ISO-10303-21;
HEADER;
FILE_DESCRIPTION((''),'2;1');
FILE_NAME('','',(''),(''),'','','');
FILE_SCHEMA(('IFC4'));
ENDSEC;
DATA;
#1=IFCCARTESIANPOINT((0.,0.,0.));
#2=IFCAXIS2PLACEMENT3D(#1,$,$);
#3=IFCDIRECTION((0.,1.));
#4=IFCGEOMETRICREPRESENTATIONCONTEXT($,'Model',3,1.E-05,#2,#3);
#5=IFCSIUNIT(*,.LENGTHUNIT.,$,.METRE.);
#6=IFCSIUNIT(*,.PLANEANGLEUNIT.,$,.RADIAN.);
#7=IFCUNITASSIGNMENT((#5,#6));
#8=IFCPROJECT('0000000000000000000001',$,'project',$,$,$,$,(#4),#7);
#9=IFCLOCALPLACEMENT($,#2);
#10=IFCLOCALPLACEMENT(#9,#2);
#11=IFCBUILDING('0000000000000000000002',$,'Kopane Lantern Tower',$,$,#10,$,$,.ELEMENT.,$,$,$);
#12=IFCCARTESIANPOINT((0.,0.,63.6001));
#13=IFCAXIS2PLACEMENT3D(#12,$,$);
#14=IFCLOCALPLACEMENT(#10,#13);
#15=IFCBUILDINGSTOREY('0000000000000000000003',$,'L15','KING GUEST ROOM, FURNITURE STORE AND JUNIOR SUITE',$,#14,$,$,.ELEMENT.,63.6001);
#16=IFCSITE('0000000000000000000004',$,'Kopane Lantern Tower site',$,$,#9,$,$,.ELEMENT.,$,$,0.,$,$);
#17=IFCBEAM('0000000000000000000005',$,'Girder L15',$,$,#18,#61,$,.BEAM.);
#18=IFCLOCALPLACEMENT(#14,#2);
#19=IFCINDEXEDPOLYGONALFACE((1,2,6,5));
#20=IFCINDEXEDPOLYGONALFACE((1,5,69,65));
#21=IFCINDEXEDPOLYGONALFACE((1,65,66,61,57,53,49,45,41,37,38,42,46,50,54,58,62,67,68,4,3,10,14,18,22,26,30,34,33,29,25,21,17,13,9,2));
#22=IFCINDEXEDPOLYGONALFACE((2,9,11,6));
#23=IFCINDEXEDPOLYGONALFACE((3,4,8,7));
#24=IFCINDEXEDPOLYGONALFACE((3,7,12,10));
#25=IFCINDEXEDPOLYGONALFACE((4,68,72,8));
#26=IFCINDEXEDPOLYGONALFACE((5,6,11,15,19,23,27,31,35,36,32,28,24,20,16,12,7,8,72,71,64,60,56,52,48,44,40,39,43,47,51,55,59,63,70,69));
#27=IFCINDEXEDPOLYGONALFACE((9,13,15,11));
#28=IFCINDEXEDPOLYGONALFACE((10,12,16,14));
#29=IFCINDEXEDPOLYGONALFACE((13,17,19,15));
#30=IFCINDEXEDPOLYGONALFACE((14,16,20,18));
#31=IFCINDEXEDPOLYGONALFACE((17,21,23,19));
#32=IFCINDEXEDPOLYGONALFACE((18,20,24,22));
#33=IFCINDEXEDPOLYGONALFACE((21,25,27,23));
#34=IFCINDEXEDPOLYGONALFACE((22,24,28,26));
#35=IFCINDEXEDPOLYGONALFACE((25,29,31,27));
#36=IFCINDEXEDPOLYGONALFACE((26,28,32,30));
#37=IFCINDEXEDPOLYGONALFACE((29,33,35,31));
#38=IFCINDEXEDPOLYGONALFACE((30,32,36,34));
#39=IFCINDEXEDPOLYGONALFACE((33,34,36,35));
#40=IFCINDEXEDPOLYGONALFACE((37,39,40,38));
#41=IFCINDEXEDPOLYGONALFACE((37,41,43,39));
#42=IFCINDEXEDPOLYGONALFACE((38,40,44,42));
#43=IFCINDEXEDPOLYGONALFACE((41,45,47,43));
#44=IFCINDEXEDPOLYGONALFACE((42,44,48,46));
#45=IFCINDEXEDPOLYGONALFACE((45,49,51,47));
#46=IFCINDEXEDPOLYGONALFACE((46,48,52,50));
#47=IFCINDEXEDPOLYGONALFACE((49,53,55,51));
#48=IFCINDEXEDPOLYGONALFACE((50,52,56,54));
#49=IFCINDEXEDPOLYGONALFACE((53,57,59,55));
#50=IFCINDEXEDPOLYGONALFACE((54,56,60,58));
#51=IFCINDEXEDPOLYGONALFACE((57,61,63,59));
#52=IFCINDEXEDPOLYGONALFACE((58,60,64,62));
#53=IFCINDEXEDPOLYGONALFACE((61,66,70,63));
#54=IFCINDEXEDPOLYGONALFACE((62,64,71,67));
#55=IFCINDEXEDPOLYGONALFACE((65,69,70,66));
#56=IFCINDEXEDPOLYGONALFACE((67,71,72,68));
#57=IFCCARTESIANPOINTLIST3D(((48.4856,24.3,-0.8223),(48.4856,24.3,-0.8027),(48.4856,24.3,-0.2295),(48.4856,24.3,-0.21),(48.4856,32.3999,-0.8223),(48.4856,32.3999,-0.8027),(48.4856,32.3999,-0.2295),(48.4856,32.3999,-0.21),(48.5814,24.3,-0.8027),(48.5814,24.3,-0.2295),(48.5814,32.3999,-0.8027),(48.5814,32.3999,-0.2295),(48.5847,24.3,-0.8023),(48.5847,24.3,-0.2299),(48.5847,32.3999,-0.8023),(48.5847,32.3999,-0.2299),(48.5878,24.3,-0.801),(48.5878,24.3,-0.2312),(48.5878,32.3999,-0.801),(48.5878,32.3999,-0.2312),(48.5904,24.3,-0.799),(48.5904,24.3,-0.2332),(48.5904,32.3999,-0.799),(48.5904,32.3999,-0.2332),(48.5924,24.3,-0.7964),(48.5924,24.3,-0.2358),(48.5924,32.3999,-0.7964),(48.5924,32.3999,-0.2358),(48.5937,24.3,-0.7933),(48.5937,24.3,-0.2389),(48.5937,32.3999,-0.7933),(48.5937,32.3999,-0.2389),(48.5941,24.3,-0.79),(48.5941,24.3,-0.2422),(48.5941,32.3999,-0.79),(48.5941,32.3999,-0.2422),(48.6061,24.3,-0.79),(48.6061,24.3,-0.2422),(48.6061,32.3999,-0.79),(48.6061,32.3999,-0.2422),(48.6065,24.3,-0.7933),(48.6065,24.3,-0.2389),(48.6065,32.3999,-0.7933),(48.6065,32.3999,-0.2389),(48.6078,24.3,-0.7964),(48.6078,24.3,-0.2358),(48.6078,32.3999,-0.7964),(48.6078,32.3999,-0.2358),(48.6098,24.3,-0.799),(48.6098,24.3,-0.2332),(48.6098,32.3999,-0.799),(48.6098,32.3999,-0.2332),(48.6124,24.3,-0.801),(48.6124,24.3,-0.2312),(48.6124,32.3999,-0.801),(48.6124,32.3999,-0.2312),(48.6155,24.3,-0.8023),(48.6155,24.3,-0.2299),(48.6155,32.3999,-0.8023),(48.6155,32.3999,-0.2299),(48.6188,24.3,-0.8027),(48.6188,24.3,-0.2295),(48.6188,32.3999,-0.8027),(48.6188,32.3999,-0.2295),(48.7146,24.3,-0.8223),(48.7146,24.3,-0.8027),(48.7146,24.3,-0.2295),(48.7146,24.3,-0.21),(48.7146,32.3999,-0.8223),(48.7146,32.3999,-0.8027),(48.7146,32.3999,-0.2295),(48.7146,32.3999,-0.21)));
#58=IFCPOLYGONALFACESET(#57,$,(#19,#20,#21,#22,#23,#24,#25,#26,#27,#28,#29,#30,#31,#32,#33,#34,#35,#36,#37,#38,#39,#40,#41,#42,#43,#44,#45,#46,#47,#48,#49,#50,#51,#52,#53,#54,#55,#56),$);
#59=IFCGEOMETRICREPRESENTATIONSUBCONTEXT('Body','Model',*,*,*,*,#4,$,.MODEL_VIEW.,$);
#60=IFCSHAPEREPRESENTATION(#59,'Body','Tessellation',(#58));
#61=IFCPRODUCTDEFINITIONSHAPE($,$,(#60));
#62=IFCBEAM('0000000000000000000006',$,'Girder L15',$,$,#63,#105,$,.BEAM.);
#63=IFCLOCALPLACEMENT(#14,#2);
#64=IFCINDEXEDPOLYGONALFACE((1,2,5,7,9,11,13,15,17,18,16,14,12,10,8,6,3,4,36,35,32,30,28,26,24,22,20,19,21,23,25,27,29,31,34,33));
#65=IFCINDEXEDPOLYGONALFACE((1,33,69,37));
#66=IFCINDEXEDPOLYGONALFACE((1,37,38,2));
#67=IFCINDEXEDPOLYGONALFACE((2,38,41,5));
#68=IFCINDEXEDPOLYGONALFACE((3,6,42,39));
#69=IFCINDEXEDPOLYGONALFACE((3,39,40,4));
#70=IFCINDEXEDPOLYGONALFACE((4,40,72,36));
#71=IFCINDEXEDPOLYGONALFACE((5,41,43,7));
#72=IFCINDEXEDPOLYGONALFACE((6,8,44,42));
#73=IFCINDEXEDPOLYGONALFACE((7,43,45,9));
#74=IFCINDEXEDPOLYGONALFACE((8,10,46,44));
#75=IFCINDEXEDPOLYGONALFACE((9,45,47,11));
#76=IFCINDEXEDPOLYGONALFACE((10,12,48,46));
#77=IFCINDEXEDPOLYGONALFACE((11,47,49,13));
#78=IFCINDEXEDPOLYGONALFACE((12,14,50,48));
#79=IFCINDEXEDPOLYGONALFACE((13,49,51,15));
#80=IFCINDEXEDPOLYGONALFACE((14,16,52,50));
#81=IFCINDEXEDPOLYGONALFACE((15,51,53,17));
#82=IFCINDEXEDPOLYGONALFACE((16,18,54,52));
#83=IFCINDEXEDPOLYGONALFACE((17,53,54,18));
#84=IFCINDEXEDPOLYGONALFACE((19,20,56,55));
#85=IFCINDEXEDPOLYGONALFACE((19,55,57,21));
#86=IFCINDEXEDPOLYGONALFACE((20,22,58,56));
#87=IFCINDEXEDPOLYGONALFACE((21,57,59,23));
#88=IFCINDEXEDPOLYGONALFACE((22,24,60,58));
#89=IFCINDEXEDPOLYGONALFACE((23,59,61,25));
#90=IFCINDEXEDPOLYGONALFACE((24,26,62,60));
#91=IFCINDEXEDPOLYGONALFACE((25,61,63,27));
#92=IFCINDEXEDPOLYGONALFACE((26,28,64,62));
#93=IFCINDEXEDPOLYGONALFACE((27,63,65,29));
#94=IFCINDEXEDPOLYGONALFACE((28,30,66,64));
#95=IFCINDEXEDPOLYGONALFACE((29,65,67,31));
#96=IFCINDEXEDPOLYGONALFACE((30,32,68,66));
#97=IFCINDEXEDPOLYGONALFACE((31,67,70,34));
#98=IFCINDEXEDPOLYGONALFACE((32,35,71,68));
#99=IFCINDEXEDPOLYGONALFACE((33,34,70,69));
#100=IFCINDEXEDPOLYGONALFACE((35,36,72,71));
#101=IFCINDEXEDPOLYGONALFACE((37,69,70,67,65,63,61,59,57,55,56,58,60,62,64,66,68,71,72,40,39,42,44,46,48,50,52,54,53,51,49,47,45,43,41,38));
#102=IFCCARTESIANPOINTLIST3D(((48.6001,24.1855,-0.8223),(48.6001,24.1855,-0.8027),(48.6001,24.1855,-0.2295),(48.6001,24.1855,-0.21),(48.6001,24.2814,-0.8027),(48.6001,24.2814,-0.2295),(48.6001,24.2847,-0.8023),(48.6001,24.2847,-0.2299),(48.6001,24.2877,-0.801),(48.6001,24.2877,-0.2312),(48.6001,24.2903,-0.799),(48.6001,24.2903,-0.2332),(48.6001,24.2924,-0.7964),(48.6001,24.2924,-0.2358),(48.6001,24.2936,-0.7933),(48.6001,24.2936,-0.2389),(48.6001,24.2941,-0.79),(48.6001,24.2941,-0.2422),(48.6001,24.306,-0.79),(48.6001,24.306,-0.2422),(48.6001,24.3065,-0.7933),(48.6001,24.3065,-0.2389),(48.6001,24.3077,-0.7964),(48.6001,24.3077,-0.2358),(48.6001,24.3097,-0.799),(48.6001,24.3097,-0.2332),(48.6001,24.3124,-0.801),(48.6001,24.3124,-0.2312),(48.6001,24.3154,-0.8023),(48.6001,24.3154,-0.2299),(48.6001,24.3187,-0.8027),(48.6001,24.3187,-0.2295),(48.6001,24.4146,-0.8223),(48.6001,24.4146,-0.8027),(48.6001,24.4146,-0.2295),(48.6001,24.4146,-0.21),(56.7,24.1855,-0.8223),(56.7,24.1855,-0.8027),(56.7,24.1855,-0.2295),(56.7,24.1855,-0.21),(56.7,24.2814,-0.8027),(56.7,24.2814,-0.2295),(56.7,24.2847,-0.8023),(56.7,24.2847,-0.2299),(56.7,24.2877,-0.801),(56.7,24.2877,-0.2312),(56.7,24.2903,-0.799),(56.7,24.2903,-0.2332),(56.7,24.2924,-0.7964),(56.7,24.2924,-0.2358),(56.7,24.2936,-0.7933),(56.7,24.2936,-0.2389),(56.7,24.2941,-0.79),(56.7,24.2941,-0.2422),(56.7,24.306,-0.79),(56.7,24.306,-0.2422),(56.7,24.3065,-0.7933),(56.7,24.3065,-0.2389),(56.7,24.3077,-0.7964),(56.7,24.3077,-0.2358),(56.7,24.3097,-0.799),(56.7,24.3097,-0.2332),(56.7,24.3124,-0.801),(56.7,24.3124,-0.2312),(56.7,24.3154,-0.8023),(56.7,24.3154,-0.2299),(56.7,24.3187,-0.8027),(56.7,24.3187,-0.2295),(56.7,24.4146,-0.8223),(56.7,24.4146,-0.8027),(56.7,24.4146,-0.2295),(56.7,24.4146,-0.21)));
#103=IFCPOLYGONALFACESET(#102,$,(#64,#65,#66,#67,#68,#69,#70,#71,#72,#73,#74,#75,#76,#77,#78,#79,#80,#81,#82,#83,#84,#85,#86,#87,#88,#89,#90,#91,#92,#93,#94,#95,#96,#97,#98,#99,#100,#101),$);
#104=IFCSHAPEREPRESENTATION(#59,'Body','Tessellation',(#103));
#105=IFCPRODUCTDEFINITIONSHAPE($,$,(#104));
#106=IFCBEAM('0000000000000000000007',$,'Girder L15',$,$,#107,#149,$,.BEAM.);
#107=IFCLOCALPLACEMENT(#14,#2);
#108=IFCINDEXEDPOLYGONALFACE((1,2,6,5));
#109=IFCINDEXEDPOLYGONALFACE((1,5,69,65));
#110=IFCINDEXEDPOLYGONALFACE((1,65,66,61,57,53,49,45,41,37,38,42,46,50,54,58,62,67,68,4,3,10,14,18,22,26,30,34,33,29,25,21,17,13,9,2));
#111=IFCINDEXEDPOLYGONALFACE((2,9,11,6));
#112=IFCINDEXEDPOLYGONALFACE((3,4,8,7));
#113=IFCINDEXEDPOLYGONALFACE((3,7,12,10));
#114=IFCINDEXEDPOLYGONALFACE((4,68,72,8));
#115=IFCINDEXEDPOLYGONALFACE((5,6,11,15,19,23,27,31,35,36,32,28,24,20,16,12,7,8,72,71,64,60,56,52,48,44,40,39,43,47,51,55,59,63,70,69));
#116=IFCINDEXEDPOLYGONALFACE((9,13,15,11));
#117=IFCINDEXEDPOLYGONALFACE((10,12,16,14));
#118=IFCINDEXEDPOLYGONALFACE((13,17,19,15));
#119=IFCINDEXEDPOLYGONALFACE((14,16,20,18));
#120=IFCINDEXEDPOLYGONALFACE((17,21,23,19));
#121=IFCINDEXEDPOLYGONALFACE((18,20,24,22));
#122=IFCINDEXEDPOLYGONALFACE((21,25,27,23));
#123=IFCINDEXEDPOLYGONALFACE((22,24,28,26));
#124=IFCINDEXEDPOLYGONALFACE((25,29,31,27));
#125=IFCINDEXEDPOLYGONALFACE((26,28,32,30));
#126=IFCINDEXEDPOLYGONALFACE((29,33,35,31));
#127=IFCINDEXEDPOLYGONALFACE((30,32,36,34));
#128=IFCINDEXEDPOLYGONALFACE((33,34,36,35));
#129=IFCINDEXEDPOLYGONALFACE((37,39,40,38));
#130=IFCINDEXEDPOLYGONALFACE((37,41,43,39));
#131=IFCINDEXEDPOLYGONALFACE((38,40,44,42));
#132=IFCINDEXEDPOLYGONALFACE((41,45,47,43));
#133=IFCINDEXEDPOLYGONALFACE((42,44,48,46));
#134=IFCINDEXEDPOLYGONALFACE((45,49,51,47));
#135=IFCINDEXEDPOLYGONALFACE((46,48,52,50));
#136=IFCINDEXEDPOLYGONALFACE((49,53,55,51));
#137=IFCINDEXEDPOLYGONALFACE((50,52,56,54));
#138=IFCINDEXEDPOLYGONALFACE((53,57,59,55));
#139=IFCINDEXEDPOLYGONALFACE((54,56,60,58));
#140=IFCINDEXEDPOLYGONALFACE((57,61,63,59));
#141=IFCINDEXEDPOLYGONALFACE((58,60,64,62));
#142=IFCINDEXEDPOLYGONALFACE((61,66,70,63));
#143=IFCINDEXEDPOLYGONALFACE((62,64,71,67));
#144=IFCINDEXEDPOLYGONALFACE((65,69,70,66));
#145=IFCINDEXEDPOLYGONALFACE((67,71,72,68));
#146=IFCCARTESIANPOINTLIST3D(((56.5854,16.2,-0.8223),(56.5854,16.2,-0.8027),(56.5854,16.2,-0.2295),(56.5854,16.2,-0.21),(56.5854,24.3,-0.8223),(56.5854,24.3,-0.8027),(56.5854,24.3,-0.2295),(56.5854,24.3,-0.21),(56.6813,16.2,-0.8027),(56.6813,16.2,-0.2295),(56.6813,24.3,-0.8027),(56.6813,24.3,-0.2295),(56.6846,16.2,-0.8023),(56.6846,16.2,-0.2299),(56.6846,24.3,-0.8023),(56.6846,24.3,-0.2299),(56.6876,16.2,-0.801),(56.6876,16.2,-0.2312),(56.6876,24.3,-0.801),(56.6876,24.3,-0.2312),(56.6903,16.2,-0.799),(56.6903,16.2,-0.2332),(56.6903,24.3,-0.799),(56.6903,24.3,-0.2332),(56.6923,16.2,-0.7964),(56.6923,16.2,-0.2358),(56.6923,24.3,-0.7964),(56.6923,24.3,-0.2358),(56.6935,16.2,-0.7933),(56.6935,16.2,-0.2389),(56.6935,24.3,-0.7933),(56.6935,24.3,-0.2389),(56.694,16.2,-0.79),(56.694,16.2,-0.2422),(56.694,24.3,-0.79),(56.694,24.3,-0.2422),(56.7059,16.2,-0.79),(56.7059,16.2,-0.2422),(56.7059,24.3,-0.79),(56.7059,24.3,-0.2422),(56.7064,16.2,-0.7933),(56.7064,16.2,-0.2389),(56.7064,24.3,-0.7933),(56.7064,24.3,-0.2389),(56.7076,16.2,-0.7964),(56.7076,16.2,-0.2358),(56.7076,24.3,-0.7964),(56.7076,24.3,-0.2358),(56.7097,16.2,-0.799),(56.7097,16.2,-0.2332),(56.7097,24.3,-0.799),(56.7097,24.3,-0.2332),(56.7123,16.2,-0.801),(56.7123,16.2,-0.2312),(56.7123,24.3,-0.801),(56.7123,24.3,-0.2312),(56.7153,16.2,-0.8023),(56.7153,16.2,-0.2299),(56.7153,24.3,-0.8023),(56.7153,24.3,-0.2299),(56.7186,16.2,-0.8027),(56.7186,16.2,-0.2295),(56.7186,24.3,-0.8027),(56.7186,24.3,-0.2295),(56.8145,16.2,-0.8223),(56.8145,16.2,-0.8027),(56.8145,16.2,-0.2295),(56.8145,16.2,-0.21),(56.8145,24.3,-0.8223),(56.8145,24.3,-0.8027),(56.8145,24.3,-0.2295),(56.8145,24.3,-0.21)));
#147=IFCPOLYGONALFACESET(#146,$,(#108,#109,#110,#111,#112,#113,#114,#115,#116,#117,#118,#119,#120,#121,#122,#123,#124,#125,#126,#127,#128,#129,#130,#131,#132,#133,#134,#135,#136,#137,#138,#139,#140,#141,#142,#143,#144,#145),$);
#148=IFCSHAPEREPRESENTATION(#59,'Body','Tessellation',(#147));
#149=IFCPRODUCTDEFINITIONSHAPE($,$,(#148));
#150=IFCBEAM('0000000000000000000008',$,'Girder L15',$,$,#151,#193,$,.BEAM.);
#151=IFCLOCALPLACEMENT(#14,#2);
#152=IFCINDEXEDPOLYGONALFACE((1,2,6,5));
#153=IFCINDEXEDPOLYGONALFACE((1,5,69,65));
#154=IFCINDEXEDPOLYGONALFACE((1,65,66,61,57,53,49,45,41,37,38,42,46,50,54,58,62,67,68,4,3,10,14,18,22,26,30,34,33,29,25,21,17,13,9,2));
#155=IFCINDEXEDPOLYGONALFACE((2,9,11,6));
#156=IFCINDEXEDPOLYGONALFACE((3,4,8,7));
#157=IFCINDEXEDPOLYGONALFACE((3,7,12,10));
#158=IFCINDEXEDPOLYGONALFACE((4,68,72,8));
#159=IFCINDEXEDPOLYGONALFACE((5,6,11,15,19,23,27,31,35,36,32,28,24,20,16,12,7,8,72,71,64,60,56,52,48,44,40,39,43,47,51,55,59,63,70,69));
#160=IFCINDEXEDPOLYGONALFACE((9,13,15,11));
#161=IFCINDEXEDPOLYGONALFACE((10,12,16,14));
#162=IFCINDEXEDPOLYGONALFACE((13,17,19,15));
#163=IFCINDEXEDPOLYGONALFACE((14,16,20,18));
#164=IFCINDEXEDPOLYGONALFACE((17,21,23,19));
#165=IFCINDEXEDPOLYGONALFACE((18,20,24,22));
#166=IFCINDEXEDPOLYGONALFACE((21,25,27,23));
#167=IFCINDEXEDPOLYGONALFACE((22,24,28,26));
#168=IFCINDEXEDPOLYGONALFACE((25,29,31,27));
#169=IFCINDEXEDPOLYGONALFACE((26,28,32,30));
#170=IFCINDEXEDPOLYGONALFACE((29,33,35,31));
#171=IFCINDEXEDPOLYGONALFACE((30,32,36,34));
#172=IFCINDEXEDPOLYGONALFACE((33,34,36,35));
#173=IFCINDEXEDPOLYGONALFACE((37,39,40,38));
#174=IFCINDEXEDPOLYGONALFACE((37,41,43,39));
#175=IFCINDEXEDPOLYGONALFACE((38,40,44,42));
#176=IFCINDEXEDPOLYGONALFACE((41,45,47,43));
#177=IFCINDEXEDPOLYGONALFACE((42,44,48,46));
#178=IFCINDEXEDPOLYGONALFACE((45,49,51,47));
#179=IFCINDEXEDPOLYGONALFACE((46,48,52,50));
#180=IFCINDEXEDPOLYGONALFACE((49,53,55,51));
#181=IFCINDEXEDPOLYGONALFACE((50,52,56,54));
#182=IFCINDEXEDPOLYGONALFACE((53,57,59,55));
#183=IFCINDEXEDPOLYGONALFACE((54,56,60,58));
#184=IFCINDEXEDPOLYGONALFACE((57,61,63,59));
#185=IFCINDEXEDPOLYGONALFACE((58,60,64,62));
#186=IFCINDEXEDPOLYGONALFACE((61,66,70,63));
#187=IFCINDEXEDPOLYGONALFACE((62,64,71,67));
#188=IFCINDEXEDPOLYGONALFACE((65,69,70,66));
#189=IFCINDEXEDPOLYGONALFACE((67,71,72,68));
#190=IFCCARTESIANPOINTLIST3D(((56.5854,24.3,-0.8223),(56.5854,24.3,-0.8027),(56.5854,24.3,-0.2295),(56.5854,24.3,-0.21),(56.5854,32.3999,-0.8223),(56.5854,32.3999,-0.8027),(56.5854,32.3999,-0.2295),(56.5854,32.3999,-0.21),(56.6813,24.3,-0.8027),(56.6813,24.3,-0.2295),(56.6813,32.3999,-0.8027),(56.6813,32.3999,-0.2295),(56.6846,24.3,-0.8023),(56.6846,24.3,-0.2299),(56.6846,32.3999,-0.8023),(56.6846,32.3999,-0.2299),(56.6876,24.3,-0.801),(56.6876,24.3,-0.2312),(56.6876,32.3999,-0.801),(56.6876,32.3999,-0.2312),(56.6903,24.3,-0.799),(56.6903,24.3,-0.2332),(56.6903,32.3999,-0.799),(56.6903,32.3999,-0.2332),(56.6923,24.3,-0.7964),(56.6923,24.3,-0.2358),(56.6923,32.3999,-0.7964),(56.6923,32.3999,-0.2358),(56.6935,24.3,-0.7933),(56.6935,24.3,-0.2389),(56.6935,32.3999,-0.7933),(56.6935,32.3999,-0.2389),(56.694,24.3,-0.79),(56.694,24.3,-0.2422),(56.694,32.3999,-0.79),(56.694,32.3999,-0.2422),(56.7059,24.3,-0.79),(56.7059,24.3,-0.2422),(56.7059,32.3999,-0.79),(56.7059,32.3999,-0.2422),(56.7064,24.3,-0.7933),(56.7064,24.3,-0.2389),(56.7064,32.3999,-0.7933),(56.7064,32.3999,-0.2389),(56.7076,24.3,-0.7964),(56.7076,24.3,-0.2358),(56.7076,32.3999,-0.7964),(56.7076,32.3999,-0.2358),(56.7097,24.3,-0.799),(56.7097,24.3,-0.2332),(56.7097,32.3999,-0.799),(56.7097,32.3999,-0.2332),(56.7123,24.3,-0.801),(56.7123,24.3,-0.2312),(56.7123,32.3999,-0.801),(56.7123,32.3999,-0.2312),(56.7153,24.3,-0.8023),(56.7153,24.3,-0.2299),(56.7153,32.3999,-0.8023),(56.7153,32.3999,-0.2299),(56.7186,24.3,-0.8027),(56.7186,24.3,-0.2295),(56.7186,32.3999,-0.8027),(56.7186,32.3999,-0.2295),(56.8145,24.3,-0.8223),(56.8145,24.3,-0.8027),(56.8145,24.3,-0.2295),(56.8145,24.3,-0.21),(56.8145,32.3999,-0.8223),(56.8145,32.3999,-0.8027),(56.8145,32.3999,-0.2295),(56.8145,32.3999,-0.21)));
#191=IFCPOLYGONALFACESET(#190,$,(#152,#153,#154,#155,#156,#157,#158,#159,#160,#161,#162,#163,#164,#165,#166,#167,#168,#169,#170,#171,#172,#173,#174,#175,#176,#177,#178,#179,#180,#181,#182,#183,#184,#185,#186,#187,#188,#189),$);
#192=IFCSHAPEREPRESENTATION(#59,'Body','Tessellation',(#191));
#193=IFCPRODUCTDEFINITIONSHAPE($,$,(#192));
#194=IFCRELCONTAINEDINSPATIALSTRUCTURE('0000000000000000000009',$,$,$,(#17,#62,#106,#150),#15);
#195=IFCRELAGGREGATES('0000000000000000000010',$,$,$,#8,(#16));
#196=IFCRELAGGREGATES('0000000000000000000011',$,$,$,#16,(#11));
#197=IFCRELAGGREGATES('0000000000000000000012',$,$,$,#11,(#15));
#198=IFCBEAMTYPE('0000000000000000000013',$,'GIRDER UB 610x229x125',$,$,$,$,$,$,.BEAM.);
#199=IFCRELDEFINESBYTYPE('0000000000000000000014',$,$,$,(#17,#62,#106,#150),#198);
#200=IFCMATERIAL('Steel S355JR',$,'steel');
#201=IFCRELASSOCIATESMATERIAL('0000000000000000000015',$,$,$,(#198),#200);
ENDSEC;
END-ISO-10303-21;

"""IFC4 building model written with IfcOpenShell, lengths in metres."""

from ifc_helpers import new_model, si_unit, direction, frame, origin, origin_2d, place, context, subcontext, project, spatial, i_section, extrude, material, material_profile, profile_set, type_object, element, save


model = new_model("IFC4")

# Units and contexts
model_context = context("Model", 3, precision=1e-05, world=origin(), true_north=direction((0.0, 1.0)))
body_context = subcontext(model_context, "Body", "Model", "MODEL_VIEW")
ifc_project = project(units=[si_unit("LENGTHUNIT", "METRE"), si_unit("PLANEANGLEUNIT", "RADIAN")], contexts=[model_context])

# Site, building, storey
site_placement = place(None, origin())
site = spatial("IfcSite", under=ifc_project, at=site_placement, Name="Kopane Lantern Tower site", CompositionType="ELEMENT", RefElevation=0.0)
building_placement = place(site_placement, origin())
building = spatial("IfcBuilding", under=site, at=building_placement, Name="Kopane Lantern Tower", CompositionType="ELEMENT")
storey_placement = place(building_placement, frame((0.0, 0.0, 63.6001)))
storey = spatial("IfcBuildingStorey", under=building, at=storey_placement, Name="L15", Description="KING GUEST ROOM, FURNITURE STORE AND JUNIOR SUITE", CompositionType="ELEMENT", Elevation=63.6001)

# Beams
ifc_material_1 = material(Name="Steel S355JR", Category="steel")
ifc_material_profile_1 = material_profile(ifc_material_1, i_section(OverallWidth=0.229, OverallDepth=0.6123, WebThickness=0.012, FlangeThickness=0.0195, FilletRadius=0.0127, at=origin_2d()), Name="UB 610x229x125")
ifc_profile_set_1 = profile_set([ifc_material_profile_1], Name="Steel S355JR")
beam_type = type_object("IfcBeamType", Name="GIRDER UB 610x229x125", PredefinedType="BEAM", material=ifc_profile_set_1)
for number, where, z_axis, x_axis, name in (
    (1, (48.6001, 24.3, -0.5161), (0.0, 1.0, 0.0), (-1.0, 0.0, 0.0), "Girder L15"),
    (2, (48.6001, 24.3, -0.5161), (1.0, 0.0, 0.0), (0.0, 1.0, 0.0), "Girder L15"),
):
    element("IfcBeam", number, at=place(storey_placement, frame(where, z_axis=z_axis, x_axis=x_axis)), inside=storey, type_object=beam_type, Name=name, PredefinedType="BEAM", context=body_context, shape_type="SweptSolid", body=[
        extrude(i_section(OverallWidth=0.229, OverallDepth=0.6123, WebThickness=0.012, FlangeThickness=0.0195, FilletRadius=0.0127, at=origin_2d()), origin(), (0.0, 0.0, 1.0), 8.0999),
    ])
beam_1_placement = place(storey_placement, frame((56.7, 16.2, -0.5161), z_axis=(0.0, 1.0, 0.0), x_axis=(-1.0, 0.0, 0.0)))
element("IfcBeam", 3, at=beam_1_placement, inside=storey, type_object=beam_type, Name="Girder L15", PredefinedType="BEAM", context=body_context, shape_type="SweptSolid", body=[
    extrude(i_section(OverallWidth=0.229, OverallDepth=0.6123, WebThickness=0.012, FlangeThickness=0.0195, FilletRadius=0.0127, at=origin_2d()), origin(), (0.0, 0.0, 1.0), 8.1001),
])
beam_2_placement = place(storey_placement, frame((56.7, 24.3, -0.5161), z_axis=(0.0, 1.0, 0.0), x_axis=(-1.0, 0.0, 0.0)))
element("IfcBeam", 4, at=beam_2_placement, inside=storey, type_object=beam_type, Name="Girder L15", PredefinedType="BEAM", context=body_context, shape_type="SweptSolid", body=[
    extrude(i_section(OverallWidth=0.229, OverallDepth=0.6123, WebThickness=0.012, FlangeThickness=0.0195, FilletRadius=0.0127, at=origin_2d()), origin(), (0.0, 0.0, 1.0), 8.0999),
])

save(model, "model.ifc")
